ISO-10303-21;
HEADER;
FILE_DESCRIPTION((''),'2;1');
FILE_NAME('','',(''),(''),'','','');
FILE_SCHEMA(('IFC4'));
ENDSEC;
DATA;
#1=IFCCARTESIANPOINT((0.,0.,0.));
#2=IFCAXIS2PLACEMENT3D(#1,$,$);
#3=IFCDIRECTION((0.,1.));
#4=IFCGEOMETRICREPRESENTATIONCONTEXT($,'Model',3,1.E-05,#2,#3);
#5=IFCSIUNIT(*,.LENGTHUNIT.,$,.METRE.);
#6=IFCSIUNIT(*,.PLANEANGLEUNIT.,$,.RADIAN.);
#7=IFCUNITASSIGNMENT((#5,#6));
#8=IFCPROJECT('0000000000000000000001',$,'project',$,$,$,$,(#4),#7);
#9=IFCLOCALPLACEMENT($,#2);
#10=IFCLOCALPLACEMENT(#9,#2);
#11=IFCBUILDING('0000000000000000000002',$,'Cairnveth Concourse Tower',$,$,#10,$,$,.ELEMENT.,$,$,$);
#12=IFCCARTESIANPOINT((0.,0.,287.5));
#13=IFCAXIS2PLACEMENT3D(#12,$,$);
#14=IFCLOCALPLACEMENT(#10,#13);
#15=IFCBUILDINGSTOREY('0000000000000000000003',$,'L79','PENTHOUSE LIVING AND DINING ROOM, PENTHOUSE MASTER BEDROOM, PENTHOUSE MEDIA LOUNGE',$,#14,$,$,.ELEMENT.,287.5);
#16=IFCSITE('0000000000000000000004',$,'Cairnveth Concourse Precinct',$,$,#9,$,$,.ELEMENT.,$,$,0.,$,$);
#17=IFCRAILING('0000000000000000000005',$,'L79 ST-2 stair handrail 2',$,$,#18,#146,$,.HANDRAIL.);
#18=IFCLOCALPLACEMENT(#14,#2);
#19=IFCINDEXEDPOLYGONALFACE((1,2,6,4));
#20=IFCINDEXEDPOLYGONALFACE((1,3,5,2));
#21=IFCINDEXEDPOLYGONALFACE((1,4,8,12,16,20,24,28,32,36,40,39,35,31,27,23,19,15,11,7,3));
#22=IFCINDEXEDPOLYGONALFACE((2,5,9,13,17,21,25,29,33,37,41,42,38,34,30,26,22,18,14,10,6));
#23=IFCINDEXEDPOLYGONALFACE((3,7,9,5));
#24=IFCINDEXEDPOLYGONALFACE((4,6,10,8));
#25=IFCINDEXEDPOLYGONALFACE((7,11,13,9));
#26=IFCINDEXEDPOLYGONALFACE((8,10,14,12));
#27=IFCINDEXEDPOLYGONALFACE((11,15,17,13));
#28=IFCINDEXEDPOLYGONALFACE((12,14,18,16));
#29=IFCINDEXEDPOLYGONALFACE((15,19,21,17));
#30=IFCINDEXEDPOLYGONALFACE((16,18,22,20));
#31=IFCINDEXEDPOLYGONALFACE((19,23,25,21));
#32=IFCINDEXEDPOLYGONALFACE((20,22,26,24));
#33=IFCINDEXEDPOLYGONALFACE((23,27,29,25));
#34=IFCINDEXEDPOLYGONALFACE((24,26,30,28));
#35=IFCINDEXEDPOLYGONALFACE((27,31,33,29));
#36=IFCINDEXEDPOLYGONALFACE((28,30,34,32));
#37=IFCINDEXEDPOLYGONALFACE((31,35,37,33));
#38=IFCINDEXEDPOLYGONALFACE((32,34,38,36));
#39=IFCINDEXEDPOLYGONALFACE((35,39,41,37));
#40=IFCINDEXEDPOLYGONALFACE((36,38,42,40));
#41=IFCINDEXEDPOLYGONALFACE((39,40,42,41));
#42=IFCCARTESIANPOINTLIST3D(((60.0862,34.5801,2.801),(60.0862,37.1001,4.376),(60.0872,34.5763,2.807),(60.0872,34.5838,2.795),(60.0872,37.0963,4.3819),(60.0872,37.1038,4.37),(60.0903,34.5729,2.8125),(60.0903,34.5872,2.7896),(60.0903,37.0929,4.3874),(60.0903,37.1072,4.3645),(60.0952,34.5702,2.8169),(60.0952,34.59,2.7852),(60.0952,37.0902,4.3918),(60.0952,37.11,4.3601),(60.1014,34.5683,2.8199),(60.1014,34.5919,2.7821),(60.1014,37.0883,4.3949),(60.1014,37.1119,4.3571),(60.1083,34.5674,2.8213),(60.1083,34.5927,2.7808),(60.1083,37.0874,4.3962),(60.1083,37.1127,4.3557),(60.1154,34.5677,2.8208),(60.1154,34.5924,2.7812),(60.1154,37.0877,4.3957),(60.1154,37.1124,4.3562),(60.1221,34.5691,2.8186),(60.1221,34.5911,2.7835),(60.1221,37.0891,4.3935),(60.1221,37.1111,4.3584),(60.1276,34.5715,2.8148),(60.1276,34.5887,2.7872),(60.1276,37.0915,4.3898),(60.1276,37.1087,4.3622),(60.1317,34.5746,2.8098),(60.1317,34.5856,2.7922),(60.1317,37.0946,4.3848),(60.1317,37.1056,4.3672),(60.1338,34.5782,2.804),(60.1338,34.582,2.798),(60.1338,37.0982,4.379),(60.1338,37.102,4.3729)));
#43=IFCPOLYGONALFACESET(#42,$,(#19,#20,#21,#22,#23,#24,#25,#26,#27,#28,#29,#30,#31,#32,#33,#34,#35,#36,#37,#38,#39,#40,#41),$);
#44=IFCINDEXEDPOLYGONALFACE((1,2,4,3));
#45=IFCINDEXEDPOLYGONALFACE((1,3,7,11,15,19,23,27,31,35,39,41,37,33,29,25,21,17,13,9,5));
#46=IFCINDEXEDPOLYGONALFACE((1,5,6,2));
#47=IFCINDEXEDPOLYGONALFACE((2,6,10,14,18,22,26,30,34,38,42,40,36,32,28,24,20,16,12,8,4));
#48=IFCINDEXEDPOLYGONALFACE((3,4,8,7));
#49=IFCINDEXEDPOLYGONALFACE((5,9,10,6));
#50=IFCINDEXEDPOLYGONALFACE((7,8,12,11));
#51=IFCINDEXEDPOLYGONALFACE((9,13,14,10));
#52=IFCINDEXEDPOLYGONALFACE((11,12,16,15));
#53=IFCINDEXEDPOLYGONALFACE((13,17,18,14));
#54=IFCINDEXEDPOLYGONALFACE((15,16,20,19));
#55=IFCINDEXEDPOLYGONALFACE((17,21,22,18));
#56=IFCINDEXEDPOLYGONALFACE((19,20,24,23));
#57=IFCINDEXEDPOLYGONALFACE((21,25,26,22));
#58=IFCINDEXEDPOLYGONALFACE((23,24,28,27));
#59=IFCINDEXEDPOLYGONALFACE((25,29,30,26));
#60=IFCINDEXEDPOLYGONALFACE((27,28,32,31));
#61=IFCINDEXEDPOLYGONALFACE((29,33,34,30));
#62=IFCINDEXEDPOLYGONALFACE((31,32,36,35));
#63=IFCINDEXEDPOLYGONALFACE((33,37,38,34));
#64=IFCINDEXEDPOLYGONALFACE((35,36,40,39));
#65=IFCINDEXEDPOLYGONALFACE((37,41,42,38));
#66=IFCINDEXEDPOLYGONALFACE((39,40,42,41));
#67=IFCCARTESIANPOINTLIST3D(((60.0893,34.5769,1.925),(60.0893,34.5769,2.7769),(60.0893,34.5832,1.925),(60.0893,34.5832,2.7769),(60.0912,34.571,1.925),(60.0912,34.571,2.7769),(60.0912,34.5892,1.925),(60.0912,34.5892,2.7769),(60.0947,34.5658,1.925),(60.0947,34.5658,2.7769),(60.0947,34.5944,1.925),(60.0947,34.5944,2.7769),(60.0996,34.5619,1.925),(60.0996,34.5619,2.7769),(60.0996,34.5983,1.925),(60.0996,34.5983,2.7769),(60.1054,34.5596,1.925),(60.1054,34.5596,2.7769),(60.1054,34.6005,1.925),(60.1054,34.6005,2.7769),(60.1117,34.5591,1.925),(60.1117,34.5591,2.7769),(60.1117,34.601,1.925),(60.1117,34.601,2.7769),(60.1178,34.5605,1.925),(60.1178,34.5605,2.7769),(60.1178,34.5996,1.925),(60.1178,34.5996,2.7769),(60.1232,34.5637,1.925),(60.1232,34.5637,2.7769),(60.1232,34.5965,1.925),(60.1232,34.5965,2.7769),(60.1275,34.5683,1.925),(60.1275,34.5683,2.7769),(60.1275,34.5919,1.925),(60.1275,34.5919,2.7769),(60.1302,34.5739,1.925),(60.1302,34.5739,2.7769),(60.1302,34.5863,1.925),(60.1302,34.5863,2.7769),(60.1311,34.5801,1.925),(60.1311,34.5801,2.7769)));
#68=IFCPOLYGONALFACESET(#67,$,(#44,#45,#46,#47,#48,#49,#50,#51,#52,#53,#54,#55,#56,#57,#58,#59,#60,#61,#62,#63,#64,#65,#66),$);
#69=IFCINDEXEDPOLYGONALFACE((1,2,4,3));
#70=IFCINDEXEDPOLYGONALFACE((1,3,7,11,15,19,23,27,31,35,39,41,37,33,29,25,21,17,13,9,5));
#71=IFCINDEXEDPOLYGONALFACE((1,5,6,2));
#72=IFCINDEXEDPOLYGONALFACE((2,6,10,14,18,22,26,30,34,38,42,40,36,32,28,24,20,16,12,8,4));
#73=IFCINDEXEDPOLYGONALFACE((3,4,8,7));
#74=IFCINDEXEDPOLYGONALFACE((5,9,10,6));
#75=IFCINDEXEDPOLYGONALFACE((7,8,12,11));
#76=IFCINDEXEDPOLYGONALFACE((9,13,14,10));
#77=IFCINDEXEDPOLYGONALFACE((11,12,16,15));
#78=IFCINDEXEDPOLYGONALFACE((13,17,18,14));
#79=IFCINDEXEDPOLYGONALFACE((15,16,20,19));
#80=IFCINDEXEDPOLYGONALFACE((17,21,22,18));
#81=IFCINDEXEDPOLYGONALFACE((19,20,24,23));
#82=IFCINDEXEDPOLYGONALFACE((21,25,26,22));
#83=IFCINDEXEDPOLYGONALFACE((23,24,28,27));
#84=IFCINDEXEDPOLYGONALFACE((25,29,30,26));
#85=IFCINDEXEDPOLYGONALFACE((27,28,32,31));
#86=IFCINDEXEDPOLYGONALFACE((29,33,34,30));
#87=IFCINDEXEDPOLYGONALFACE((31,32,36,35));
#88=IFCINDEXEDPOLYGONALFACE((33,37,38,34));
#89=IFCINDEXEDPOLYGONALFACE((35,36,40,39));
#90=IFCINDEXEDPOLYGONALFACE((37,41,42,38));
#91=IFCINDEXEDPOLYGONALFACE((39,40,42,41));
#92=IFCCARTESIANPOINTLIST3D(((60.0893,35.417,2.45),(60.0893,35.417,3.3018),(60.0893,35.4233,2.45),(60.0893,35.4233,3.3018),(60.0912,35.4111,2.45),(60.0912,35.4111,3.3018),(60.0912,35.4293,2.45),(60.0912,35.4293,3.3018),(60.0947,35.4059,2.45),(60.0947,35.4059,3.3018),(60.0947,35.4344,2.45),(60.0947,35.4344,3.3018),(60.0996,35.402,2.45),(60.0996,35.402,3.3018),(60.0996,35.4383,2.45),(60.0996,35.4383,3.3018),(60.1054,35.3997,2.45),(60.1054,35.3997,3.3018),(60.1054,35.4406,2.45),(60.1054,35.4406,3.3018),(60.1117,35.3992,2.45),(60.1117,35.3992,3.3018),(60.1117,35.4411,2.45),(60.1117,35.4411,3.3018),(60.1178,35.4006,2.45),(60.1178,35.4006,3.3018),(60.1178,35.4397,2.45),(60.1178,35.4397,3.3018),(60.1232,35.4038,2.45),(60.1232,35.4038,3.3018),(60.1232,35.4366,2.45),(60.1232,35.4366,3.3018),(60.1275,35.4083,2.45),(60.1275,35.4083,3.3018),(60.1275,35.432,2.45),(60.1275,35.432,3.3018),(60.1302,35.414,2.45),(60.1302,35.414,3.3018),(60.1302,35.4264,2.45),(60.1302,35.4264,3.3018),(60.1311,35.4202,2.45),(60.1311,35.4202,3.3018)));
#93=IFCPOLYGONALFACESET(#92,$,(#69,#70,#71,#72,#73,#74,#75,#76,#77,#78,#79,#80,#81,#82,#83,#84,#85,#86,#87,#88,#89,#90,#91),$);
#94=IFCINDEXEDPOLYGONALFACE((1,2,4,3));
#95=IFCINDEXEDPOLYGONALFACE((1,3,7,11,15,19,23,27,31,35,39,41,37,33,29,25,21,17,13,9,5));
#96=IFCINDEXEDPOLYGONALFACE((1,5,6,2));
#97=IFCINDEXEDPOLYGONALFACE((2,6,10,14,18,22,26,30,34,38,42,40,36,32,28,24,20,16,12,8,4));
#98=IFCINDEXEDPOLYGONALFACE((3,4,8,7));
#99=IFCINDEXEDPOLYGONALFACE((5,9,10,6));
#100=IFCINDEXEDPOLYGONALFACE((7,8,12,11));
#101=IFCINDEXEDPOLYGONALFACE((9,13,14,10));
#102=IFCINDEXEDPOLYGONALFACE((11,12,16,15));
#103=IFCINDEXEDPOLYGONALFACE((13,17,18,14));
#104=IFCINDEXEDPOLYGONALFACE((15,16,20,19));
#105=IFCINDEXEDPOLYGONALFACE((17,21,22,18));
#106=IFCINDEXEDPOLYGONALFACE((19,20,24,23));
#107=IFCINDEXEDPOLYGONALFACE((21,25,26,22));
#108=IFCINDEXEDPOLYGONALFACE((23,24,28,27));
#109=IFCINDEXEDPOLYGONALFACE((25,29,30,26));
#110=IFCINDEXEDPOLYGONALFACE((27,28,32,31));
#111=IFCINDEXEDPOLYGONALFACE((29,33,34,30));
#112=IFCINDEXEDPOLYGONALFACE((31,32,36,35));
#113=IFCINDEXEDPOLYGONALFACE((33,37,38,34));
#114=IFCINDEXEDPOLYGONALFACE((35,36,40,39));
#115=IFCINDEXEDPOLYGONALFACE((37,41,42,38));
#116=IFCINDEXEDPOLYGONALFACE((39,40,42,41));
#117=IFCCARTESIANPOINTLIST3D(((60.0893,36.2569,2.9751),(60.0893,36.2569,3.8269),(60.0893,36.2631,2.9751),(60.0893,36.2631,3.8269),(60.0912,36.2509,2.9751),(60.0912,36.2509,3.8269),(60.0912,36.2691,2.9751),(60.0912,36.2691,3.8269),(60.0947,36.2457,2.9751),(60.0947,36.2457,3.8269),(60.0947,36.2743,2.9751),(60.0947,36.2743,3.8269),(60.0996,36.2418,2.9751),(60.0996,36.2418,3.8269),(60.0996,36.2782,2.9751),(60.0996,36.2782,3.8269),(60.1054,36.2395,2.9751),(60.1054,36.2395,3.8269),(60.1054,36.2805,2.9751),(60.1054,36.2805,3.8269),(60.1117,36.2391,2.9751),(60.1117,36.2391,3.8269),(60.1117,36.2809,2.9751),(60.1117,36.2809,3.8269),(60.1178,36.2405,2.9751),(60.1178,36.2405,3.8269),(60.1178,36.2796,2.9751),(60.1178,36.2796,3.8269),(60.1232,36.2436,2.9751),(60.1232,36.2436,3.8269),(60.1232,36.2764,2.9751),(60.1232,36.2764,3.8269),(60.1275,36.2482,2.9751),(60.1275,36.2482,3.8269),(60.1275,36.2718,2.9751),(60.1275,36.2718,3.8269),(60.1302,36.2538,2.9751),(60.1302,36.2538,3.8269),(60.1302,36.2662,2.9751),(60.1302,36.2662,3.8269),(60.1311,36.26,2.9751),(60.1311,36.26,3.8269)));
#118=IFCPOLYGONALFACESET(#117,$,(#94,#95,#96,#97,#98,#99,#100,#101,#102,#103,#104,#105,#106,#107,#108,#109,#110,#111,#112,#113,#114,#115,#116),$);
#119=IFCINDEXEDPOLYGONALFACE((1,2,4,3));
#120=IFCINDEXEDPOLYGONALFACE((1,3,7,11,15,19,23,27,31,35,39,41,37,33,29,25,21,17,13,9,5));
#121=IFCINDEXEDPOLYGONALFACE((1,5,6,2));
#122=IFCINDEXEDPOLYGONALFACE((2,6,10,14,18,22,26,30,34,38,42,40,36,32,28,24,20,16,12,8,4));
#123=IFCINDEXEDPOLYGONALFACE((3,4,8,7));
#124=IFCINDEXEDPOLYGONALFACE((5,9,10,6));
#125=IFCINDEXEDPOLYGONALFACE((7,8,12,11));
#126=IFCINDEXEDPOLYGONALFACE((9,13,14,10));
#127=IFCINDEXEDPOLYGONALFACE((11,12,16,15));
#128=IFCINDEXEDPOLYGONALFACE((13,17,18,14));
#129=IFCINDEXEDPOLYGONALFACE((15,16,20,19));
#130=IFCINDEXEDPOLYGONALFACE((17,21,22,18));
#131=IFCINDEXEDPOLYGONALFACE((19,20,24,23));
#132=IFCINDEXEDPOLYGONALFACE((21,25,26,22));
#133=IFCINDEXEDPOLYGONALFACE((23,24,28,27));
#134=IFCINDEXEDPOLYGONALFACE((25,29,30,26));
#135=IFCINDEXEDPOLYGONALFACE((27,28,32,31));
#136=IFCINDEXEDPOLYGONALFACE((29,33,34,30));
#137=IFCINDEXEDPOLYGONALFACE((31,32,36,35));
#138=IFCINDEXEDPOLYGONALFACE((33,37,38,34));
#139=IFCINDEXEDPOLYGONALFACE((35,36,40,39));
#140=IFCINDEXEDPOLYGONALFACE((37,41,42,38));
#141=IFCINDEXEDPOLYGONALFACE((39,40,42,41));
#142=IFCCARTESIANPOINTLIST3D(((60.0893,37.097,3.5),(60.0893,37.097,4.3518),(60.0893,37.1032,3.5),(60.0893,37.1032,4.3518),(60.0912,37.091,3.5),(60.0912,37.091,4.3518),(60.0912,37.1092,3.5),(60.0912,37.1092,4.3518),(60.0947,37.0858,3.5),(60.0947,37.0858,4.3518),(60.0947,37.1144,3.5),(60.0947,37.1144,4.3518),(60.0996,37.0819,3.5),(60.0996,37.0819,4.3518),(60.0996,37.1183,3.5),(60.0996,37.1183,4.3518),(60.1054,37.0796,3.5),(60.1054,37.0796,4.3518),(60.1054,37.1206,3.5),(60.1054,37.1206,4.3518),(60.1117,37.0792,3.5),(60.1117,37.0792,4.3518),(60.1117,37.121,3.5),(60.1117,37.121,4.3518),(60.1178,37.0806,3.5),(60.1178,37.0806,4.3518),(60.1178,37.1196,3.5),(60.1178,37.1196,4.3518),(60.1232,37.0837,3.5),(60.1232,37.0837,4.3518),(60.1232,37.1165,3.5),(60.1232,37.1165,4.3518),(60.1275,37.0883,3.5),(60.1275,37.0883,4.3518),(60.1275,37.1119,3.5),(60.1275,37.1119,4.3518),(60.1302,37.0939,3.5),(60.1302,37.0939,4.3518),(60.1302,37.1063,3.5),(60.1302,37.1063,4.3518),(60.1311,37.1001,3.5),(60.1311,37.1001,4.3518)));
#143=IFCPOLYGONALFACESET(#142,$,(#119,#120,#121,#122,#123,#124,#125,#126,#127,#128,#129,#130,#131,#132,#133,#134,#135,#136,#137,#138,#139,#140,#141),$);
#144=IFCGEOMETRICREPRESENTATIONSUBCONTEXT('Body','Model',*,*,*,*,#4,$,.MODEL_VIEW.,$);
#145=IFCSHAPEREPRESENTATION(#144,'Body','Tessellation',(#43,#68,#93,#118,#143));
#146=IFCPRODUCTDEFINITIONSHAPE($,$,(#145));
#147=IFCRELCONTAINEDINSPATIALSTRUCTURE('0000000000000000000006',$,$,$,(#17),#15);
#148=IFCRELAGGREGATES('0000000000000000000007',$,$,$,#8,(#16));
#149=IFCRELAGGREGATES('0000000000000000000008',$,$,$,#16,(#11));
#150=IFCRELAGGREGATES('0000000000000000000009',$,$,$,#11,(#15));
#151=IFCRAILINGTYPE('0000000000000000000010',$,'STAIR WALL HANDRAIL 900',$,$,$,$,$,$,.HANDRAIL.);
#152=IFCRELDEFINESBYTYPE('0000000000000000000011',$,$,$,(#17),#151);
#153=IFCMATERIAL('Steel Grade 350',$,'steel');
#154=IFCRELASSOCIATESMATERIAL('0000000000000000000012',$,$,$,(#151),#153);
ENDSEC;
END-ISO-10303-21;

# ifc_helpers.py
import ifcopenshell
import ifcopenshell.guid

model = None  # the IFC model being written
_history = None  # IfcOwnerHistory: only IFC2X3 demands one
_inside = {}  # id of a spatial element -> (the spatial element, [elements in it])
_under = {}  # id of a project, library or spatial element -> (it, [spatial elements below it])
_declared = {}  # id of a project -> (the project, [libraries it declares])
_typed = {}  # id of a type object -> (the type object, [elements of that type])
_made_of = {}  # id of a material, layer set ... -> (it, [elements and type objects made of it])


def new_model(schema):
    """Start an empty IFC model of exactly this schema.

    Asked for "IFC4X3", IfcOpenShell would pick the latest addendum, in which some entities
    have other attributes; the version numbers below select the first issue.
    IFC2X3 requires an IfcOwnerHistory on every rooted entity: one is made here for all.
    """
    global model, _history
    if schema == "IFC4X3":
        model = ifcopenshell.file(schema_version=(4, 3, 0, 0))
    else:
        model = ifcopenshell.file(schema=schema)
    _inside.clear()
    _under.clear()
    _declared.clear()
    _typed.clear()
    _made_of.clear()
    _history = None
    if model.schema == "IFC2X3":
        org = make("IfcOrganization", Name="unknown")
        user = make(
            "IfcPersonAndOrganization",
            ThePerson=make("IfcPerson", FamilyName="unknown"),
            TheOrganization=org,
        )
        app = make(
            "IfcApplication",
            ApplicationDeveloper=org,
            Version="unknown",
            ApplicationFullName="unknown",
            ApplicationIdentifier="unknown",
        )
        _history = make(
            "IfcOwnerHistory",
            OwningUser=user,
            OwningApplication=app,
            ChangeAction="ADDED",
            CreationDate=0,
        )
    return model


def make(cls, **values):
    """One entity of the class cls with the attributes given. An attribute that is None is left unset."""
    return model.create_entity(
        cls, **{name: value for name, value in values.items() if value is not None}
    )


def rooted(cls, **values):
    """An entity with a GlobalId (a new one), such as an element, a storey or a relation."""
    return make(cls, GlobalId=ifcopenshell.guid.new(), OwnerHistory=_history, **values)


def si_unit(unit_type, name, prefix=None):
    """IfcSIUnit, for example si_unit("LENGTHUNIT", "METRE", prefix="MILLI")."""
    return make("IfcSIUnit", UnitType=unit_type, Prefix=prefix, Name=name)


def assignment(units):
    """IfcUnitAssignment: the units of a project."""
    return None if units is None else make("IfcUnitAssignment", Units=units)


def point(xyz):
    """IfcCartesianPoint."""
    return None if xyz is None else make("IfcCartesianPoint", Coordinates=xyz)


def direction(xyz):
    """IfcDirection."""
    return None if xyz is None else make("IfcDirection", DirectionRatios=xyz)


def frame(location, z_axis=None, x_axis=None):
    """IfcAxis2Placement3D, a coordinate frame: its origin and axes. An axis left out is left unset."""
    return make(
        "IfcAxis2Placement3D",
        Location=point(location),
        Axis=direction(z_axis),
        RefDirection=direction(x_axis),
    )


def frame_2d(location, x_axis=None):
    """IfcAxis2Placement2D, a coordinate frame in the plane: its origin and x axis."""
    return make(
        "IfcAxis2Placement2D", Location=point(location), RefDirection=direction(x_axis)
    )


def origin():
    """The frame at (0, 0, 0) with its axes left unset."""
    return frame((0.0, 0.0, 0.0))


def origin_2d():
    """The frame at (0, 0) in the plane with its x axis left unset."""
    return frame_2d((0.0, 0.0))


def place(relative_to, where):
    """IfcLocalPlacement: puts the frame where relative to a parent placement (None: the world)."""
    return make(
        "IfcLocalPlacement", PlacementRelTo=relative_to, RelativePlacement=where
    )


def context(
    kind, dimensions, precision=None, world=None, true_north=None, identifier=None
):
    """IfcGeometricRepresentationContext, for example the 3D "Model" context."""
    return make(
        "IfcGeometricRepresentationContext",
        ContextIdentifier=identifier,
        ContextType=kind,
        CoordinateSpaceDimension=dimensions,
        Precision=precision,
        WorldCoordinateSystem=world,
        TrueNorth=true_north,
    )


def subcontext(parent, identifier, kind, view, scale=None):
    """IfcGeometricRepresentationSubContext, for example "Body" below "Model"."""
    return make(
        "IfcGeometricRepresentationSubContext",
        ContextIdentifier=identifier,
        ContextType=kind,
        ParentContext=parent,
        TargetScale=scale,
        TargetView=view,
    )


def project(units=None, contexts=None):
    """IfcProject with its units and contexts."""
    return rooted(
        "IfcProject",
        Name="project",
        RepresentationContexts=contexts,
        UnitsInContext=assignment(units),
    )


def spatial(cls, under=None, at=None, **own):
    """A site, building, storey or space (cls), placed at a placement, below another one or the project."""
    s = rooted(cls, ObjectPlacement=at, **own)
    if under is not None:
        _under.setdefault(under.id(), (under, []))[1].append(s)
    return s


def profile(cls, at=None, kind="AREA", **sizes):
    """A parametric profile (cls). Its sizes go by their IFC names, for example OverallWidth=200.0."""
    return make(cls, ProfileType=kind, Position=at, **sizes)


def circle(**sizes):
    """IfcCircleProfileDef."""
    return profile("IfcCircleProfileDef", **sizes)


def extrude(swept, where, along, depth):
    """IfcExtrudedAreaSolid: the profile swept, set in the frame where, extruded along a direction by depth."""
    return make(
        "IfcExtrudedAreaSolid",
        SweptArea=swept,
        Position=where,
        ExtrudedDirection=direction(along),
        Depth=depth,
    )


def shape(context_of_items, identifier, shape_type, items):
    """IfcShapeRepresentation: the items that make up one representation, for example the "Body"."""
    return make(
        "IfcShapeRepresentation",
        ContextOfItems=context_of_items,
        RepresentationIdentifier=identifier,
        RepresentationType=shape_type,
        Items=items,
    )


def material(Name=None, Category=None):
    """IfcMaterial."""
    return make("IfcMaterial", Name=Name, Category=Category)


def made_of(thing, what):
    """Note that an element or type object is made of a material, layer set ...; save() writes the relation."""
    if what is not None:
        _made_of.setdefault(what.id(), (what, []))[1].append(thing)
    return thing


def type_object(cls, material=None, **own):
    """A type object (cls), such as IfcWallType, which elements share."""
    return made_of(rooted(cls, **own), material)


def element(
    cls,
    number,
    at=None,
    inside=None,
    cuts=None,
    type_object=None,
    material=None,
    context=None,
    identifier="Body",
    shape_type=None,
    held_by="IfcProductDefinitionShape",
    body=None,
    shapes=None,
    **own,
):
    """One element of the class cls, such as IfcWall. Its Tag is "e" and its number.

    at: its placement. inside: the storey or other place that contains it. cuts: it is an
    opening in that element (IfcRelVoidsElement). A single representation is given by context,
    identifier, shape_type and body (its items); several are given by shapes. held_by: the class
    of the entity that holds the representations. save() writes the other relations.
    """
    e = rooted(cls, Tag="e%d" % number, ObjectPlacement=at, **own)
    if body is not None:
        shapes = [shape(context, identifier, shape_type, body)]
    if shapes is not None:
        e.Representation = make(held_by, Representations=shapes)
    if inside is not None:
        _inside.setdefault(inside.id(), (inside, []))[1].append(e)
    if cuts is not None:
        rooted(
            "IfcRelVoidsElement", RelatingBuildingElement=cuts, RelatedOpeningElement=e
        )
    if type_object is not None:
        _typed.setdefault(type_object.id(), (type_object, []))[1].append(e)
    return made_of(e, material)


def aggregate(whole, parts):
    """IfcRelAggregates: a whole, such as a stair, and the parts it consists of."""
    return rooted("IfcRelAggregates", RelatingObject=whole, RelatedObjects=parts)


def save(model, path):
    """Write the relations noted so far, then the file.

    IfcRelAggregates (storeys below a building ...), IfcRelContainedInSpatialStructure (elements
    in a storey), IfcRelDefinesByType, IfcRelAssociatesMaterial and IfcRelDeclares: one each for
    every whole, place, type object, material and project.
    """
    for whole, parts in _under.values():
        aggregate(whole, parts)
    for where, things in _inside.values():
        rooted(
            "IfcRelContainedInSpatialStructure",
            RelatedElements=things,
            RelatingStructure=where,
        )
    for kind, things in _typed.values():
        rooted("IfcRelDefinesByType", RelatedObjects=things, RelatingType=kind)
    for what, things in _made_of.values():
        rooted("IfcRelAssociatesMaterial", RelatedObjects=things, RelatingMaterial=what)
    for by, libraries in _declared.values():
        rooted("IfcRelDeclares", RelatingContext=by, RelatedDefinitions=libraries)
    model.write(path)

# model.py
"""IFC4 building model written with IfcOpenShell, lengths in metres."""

from ifc_helpers import new_model, si_unit, direction, frame, origin, origin_2d, place, context, subcontext, project, spatial, circle, extrude, material, type_object, element, save


model = new_model("IFC4")

# Units and contexts
model_context = context("Model", 3, precision=1e-05, world=origin(), true_north=direction((0.0, 1.0)))
body_context = subcontext(model_context, "Body", "Model", "MODEL_VIEW")
ifc_project = project(units=[si_unit("LENGTHUNIT", "METRE"), si_unit("PLANEANGLEUNIT", "RADIAN")], contexts=[model_context])

# Site, building, storey
site_placement = place(None, origin())
site = spatial("IfcSite", under=ifc_project, at=site_placement, Name="Cairnveth Concourse Precinct", CompositionType="ELEMENT", RefElevation=0.0)
building_placement = place(site_placement, origin())
building = spatial("IfcBuilding", under=site, at=building_placement, Name="Cairnveth Concourse Tower", CompositionType="ELEMENT")
storey_placement = place(building_placement, frame((0.0, 0.0, 287.5)))
storey = spatial("IfcBuildingStorey", under=building, at=storey_placement, Name="L79", Description="PENTHOUSE LIVING AND DINING ROOM, PENTHOUSE MASTER BEDROOM, PENTHOUSE MEDIA LOUNGE", CompositionType="ELEMENT", Elevation=287.5)

# Shared definitions
ifc_material_1 = material(Name="Steel Grade 350", Category="steel")

# Railing
railing_type_1 = type_object("IfcRailingType", Name="STAIR WALL HANDRAIL 900", PredefinedType="HANDRAIL", material=ifc_material_1)
railing_1_placement = place(storey_placement, frame((60.1101, 34.5801, 1.925)))
element("IfcRailing", 1, at=railing_1_placement, inside=storey, type_object=railing_type_1, Name="L79 ST-2 stair handrail 2", PredefinedType="HANDRAIL", context=body_context, shape_type="SweptSolid", body=[
    extrude(circle(Radius=0.0239, at=origin_2d()), frame((0.0, 0.0, 0.876), z_axis=(0.0, 0.848008, 0.529984), x_axis=(-1.0, 0.0, 0.0)), (0.0, 0.0, 1.0), 2.9717),
    extrude(circle(Radius=0.021, at=origin_2d()), origin(), (0.0, 0.0, 1.0), 0.8518),
    extrude(circle(Radius=0.021, at=origin_2d()), frame((0.0, 0.8401, 0.5249)), (0.0, 0.0, 1.0), 0.8518),
    extrude(circle(Radius=0.021, at=origin_2d()), frame((0.0, 1.6799, 1.05)), (0.0, 0.0, 1.0), 0.8518),
    extrude(circle(Radius=0.021, at=origin_2d()), frame((0.0, 2.52, 1.575)), (0.0, 0.0, 1.0), 0.8518),
])

save(model, "model.ifc")
